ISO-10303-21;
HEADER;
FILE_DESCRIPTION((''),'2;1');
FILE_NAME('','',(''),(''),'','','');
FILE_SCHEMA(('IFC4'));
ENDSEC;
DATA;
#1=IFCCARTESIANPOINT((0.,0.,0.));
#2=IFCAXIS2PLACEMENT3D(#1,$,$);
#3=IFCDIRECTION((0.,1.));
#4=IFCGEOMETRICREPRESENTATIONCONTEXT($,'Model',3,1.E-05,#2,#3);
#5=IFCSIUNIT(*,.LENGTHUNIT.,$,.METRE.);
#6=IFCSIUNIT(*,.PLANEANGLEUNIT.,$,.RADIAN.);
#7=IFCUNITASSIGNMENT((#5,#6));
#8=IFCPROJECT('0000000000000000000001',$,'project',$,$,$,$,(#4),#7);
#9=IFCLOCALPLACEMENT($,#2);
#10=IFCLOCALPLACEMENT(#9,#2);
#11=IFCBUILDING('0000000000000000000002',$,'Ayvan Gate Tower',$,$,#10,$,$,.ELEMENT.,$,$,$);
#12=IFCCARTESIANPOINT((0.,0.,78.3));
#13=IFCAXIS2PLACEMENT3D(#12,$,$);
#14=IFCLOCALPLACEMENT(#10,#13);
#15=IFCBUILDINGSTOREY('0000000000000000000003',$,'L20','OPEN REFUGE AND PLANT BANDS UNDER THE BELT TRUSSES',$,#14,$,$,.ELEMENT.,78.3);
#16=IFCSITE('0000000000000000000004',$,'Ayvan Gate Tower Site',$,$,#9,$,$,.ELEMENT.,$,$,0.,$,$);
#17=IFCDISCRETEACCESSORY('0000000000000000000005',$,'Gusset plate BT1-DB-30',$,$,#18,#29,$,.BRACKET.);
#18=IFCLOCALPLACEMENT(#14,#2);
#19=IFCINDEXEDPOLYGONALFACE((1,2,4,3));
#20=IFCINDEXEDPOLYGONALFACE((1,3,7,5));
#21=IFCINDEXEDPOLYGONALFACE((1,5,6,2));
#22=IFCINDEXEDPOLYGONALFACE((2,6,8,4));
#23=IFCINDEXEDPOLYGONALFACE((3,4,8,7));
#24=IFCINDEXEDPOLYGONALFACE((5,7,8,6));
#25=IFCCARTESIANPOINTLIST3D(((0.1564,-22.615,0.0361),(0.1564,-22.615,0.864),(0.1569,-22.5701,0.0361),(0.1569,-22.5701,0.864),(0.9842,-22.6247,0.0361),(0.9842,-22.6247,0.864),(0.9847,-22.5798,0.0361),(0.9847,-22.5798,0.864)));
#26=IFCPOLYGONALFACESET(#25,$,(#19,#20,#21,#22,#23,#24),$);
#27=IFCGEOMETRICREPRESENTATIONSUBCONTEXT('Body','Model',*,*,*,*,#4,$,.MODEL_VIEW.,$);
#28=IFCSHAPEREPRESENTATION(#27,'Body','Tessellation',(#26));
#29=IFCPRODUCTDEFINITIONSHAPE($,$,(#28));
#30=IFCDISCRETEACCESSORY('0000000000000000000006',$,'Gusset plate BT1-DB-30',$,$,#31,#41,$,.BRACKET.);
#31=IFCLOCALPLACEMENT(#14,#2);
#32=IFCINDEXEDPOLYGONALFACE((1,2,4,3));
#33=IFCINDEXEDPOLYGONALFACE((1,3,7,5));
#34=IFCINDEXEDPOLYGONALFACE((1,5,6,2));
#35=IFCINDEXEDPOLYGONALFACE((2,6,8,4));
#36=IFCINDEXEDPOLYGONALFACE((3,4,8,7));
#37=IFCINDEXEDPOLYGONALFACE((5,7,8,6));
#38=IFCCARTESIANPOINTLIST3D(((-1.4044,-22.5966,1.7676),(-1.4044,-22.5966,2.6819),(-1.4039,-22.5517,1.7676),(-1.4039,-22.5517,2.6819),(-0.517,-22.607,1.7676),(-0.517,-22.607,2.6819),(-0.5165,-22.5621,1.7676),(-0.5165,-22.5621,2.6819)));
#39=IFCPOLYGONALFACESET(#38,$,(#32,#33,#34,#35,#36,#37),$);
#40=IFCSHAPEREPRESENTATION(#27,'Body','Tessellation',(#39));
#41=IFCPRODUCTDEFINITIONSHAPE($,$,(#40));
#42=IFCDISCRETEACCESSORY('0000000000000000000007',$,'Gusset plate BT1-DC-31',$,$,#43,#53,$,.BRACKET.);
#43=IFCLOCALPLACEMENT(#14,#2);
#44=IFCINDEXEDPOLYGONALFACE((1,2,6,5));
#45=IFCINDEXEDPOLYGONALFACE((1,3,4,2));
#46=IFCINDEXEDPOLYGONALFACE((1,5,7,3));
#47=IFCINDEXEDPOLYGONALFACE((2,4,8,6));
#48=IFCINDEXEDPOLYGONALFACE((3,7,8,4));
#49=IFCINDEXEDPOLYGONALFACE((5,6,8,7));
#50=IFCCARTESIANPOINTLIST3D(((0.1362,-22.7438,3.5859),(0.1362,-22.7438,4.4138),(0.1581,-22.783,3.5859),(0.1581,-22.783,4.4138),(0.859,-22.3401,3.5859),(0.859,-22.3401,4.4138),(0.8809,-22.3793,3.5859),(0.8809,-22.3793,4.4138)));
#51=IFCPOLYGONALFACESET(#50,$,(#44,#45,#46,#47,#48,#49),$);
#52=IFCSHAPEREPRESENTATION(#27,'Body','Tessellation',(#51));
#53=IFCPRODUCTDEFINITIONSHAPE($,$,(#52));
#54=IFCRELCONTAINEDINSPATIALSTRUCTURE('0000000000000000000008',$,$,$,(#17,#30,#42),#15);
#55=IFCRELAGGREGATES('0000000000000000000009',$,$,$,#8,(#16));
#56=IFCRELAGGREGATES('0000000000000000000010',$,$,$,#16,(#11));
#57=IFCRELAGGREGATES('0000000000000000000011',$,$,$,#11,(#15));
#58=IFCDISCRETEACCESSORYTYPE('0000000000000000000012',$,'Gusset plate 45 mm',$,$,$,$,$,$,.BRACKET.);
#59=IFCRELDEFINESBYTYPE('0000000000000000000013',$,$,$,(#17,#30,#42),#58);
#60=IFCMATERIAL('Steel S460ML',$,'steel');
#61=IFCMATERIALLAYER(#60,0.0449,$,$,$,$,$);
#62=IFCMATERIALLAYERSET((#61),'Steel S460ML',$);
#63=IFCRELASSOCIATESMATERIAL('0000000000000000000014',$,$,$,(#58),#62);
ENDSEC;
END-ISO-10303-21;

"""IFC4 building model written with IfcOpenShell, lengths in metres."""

from ifc_helpers import new_model, si_unit, direction, frame, origin, origin_2d, place, context, subcontext, project, spatial, rectangle, extrude, material, layer, layer_set, type_object, element, save


model = new_model("IFC4")

# Units and contexts
model_context = context("Model", 3, precision=1e-05, world=origin(), true_north=direction((0.0, 1.0)))
body_context = subcontext(model_context, "Body", "Model", "MODEL_VIEW")
ifc_project = project(units=[si_unit("LENGTHUNIT", "METRE"), si_unit("PLANEANGLEUNIT", "RADIAN")], contexts=[model_context])

# Site, building, storey
site_placement = place(None, origin())
site = spatial("IfcSite", under=ifc_project, at=site_placement, Name="Ayvan Gate Tower Site", CompositionType="ELEMENT", RefElevation=0.0)
building_placement = place(site_placement, origin())
building = spatial("IfcBuilding", under=site, at=building_placement, Name="Ayvan Gate Tower", CompositionType="ELEMENT")
storey_placement = place(building_placement, frame((0.0, 0.0, 78.3)))
storey = spatial("IfcBuildingStorey", under=building, at=storey_placement, Name="L20", Description="OPEN REFUGE AND PLANT BANDS UNDER THE BELT TRUSSES", CompositionType="ELEMENT", Elevation=78.3)

# Shared definitions
ifc_material_1 = material(Name="Steel S460ML", Category="steel")

# Discrete accessories
ifc_layer_1 = layer(ifc_material_1, 0.0449)
ifc_layer_set_1 = layer_set([ifc_layer_1], Name="Steel S460ML")
discrete_accessory_type_1 = type_object("IfcDiscreteAccessoryType", Name="Gusset plate 45 mm", PredefinedType="BRACKET", material=ifc_layer_set_1)
discrete_accessory_1_placement = place(storey_placement, frame((0.5706, -22.5974, 0.0361), z_axis=(0.0, 0.0, 1.0), x_axis=(-0.999932, 0.011683, 0.0)))
element("IfcDiscreteAccessory", 1, at=discrete_accessory_1_placement, inside=storey, type_object=discrete_accessory_type_1, Name="Gusset plate BT1-DB-30", PredefinedType="BRACKET", context=body_context, shape_type="SweptSolid", body=[
    extrude(rectangle(XDim=0.8279, YDim=0.0449, at=origin_2d()), origin(), (0.0, 0.0, 1.0), 0.8279),
])
discrete_accessory_2_placement = place(storey_placement, frame((-0.9604, -22.5793, 1.7676), z_axis=(0.0, 0.0, 1.0), x_axis=(-0.999932, 0.011683, 0.0)))
element("IfcDiscreteAccessory", 2, at=discrete_accessory_2_placement, inside=storey, type_object=discrete_accessory_type_1, Name="Gusset plate BT1-DB-30", PredefinedType="BRACKET", context=body_context, shape_type="SweptSolid", body=[
    extrude(rectangle(XDim=0.8875, YDim=0.0449, at=origin_2d()), origin(), (0.0, 0.0, 1.0), 0.9143),
])
discrete_accessory_3_placement = place(storey_placement, frame((0.5085, -22.5615, 3.5859), z_axis=(0.0, 0.0, 1.0), x_axis=(0.873047, 0.487636, 0.0)))
element("IfcDiscreteAccessory", 3, at=discrete_accessory_3_placement, inside=storey, type_object=discrete_accessory_type_1, Name="Gusset plate BT1-DC-31", PredefinedType="BRACKET", context=body_context, shape_type="SweptSolid", body=[
    extrude(rectangle(XDim=0.8279, YDim=0.0449, at=origin_2d()), origin(), (0.0, 0.0, 1.0), 0.8279),
])

save(model, "model.ifc")
